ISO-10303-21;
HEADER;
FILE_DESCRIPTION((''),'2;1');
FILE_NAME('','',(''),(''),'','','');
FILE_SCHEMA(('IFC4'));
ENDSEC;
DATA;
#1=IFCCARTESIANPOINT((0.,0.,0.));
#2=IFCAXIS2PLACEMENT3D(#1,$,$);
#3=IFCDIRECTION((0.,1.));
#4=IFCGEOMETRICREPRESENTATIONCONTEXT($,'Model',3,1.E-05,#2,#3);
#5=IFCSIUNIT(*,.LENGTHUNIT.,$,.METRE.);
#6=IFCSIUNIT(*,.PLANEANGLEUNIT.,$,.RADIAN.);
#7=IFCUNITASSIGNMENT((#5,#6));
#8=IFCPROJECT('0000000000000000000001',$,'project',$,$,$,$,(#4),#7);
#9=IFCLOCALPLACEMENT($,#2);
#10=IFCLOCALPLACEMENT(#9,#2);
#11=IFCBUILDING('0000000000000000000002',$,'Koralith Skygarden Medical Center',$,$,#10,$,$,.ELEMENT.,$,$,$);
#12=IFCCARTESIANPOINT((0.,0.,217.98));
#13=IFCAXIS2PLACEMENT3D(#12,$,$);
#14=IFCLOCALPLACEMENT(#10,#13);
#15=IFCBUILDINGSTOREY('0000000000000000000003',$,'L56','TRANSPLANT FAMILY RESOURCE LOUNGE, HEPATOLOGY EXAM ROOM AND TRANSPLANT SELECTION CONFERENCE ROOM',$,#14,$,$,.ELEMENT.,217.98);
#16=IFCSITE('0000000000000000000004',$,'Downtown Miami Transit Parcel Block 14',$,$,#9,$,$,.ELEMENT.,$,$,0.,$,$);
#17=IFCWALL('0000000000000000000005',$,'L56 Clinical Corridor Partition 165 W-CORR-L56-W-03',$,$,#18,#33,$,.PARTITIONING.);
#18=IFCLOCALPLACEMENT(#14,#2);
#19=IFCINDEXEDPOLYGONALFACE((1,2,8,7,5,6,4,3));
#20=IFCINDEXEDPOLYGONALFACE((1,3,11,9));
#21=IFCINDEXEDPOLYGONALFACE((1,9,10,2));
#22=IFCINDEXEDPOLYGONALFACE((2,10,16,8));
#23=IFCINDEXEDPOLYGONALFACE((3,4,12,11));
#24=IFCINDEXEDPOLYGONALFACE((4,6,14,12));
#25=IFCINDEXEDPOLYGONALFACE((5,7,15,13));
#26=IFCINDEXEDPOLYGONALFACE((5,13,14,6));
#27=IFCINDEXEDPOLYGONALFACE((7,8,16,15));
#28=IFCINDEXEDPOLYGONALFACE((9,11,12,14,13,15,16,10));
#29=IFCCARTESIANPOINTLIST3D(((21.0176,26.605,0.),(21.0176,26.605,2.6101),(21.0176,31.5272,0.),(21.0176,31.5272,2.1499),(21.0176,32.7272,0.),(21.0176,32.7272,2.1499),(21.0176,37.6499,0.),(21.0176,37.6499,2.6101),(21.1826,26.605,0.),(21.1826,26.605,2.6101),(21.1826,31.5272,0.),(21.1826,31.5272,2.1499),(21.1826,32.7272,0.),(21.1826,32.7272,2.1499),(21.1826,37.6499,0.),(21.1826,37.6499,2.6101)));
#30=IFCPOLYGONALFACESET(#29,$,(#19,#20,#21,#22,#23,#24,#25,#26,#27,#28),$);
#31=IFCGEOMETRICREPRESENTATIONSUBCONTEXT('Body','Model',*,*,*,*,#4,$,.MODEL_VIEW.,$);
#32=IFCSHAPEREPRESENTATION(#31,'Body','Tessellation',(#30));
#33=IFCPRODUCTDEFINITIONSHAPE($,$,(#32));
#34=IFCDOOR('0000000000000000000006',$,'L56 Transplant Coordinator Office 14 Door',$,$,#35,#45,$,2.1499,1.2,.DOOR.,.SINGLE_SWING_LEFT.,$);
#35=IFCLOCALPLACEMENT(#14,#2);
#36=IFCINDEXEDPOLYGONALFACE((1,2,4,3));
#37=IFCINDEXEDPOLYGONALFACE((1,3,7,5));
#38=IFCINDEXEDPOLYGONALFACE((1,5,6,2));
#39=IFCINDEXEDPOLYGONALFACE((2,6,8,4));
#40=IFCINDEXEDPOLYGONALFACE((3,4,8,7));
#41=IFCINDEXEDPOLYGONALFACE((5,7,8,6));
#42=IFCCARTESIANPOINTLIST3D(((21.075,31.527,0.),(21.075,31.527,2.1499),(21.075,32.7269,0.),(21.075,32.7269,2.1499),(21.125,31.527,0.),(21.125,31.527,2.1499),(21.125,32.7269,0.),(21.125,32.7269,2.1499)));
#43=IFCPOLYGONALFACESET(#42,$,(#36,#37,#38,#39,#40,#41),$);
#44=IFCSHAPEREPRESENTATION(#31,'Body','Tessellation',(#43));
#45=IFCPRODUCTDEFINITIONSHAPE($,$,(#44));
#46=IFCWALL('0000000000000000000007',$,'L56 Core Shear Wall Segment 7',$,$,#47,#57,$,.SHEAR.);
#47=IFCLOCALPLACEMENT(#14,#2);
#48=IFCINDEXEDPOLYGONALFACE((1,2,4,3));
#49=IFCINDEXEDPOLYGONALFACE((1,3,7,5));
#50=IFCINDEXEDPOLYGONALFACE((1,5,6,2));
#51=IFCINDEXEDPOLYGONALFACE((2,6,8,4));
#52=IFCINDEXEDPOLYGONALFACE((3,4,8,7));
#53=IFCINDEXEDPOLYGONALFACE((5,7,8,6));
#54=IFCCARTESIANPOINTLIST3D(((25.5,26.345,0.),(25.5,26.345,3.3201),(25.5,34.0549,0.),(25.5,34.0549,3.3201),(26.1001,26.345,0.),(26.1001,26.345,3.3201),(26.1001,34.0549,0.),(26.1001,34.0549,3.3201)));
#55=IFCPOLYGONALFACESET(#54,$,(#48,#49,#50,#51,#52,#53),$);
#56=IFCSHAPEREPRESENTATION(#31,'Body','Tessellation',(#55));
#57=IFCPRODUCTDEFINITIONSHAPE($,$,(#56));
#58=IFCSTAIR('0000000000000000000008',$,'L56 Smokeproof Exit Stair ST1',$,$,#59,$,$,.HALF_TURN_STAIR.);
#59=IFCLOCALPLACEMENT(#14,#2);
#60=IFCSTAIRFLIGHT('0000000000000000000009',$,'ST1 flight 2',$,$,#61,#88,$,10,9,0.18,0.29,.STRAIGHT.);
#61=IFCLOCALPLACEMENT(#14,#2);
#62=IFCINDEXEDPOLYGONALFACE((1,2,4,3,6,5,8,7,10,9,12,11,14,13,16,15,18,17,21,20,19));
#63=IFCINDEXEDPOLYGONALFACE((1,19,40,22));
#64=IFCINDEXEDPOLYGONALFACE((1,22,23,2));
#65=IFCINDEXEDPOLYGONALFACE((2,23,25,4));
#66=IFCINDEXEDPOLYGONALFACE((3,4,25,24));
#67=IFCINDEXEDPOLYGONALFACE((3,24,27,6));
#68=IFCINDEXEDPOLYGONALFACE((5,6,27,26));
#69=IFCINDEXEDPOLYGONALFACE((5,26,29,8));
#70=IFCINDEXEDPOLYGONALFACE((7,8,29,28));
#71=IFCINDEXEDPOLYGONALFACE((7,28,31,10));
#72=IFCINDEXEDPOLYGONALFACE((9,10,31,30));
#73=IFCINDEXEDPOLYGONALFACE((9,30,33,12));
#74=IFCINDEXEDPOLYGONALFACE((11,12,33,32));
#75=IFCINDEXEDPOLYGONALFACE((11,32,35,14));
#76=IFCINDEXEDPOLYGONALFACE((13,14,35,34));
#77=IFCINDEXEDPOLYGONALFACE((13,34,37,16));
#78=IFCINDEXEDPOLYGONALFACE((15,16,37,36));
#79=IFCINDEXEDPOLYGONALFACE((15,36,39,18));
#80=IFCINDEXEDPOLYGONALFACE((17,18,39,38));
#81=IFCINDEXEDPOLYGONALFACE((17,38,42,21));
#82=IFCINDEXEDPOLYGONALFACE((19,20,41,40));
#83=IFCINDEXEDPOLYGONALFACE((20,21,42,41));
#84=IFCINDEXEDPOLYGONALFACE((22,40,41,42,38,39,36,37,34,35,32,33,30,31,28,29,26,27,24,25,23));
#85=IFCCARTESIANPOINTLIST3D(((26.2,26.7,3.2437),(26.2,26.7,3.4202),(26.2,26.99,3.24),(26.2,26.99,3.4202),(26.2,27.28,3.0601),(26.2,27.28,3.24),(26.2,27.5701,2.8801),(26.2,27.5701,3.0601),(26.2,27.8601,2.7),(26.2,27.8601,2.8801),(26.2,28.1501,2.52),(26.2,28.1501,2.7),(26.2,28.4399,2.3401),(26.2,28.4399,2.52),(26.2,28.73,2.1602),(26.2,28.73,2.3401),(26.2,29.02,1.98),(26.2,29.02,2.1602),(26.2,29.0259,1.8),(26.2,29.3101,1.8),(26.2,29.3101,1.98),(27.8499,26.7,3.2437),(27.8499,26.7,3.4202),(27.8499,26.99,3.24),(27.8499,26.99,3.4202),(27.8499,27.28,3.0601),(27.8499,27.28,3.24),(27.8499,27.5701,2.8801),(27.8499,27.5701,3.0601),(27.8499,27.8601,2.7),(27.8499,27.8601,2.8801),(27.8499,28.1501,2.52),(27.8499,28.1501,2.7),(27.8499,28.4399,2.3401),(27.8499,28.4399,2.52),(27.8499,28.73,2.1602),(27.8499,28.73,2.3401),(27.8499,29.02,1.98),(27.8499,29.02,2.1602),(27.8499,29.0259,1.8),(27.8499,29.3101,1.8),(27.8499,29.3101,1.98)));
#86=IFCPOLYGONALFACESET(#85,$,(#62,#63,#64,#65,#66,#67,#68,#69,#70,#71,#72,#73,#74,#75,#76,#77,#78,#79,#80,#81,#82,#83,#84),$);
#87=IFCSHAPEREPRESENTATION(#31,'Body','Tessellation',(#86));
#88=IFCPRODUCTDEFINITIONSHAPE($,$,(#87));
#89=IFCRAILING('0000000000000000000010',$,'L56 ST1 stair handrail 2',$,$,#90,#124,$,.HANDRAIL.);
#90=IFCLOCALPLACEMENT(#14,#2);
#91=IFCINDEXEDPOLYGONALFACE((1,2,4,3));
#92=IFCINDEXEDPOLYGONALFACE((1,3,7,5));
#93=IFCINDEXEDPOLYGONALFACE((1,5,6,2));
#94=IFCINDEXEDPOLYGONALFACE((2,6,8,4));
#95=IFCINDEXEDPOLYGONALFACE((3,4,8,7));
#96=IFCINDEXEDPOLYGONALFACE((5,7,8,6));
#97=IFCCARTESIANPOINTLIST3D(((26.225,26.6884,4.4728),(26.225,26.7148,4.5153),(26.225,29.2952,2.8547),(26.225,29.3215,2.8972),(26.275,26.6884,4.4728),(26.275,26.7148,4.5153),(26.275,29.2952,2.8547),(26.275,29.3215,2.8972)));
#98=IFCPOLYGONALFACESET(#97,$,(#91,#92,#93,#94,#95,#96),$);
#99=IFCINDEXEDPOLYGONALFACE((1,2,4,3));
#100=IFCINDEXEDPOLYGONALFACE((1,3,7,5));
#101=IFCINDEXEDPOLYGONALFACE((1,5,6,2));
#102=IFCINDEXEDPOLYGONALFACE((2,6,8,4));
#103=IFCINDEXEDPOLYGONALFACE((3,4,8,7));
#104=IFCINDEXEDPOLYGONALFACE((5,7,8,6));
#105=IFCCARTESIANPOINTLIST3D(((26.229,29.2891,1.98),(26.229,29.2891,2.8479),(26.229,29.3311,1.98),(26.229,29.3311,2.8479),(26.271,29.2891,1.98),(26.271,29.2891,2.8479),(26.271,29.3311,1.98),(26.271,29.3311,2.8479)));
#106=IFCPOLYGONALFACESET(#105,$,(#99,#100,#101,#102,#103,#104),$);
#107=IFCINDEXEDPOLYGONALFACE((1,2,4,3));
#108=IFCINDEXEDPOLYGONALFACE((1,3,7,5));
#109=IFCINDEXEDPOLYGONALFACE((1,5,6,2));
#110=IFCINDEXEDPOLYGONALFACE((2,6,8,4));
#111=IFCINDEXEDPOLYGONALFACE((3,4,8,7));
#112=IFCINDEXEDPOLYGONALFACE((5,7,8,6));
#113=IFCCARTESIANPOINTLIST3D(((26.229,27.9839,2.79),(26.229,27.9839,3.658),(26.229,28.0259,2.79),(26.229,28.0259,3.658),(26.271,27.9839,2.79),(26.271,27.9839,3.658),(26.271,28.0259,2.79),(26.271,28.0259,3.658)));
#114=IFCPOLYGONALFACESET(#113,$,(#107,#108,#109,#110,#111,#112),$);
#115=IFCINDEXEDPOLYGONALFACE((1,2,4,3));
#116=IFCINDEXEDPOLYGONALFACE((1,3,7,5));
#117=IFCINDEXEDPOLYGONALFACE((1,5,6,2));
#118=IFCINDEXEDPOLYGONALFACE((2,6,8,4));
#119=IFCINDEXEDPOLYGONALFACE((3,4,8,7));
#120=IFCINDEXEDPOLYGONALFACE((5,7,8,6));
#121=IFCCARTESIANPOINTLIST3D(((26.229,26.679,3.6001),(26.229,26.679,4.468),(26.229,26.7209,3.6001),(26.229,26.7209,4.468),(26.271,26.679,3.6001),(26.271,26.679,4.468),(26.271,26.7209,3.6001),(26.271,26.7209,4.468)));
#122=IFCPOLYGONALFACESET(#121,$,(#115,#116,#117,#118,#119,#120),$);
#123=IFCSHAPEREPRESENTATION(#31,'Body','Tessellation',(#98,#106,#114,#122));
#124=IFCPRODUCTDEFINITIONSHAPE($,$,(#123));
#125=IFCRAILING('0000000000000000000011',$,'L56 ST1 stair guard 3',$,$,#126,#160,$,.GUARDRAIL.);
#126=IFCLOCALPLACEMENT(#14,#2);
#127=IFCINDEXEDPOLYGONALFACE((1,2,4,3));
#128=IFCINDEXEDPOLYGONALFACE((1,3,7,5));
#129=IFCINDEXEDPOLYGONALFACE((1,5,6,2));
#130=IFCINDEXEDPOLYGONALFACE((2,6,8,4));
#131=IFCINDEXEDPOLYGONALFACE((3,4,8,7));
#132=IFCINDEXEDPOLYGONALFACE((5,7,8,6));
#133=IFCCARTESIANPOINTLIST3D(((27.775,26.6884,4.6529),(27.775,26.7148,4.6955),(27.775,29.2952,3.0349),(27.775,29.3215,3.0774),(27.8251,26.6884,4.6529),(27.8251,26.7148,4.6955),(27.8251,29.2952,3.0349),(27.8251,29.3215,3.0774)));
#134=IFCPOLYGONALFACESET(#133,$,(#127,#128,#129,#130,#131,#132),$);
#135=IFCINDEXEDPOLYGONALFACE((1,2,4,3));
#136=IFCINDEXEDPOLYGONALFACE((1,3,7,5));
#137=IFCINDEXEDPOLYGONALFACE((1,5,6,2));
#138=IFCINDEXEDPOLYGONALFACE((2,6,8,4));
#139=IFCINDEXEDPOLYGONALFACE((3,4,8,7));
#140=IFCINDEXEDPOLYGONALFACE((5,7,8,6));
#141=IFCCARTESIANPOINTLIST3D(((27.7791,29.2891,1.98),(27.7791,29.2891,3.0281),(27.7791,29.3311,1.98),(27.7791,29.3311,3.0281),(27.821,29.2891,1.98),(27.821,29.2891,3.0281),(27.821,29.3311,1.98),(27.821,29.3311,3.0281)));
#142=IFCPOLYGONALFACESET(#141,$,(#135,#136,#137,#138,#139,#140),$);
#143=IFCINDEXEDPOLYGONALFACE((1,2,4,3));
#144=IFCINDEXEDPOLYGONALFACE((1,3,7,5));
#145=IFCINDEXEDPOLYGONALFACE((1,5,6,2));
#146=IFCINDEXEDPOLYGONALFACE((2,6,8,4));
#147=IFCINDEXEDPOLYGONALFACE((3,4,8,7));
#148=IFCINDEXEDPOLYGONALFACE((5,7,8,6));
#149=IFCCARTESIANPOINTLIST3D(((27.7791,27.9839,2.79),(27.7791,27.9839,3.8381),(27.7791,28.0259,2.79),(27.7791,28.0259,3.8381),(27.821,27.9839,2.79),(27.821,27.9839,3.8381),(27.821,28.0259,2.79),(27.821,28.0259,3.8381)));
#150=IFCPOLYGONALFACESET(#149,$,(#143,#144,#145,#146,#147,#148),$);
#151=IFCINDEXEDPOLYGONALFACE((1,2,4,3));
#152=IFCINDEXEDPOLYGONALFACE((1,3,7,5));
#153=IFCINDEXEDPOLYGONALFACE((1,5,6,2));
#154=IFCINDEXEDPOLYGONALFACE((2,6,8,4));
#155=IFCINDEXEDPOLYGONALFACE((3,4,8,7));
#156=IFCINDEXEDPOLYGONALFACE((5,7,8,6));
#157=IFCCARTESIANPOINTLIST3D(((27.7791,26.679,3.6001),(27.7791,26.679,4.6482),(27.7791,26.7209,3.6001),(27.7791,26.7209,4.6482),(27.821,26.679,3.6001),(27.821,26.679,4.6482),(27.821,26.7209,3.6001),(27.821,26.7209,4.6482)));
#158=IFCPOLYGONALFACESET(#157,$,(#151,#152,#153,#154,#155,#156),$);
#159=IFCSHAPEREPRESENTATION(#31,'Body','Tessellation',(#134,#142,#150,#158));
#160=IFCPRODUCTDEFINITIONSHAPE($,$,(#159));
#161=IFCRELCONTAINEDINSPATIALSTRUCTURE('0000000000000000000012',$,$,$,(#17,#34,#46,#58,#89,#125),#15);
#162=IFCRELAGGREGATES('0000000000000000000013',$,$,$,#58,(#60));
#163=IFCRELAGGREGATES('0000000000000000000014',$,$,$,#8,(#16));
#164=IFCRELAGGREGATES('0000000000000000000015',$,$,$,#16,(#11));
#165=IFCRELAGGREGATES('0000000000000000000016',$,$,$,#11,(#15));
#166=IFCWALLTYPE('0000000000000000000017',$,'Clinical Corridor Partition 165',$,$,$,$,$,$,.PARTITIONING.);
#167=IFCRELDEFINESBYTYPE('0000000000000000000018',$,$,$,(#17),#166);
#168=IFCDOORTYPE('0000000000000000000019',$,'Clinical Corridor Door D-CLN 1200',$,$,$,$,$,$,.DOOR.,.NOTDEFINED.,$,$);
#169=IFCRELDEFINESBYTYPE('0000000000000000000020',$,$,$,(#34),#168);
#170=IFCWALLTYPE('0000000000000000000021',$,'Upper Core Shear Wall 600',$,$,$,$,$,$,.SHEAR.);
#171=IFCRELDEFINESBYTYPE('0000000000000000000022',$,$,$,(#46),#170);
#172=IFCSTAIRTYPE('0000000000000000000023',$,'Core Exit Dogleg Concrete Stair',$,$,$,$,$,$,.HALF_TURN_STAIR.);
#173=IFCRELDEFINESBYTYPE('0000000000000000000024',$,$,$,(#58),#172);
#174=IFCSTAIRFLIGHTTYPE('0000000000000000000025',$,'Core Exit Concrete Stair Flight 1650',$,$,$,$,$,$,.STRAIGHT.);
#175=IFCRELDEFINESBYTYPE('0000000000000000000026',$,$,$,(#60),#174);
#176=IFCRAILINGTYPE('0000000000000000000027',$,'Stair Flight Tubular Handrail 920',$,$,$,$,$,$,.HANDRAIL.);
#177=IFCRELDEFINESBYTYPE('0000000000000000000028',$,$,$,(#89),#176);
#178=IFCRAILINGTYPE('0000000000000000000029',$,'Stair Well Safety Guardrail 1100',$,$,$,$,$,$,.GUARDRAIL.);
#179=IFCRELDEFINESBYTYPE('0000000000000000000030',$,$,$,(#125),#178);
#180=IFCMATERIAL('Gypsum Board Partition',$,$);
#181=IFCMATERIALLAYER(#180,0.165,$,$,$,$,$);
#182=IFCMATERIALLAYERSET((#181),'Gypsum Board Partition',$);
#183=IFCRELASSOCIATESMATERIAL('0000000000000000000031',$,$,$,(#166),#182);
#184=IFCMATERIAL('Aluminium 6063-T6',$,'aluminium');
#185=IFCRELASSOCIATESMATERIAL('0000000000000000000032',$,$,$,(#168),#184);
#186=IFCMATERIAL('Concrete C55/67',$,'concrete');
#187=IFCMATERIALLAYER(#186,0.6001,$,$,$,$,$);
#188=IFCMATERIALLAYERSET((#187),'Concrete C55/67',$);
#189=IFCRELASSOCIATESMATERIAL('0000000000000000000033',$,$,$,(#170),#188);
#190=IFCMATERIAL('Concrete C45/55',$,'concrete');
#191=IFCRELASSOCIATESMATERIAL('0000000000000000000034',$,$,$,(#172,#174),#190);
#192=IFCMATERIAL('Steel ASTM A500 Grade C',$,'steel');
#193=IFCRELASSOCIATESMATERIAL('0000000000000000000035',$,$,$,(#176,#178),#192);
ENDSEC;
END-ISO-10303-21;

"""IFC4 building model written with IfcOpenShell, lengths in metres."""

from ifc_helpers import new_model, si_unit, direction, frame, frame_2d, origin, origin_2d, place, context, subcontext, project, spatial, polyline, rectangle, outline, extrude, material, layer, layer_set, type_object, element, fill, aggregate, save


model = new_model("IFC4")

# Units and contexts
model_context = context("Model", 3, precision=1e-05, world=origin(), true_north=direction((0.0, 1.0)))
body_context = subcontext(model_context, "Body", "Model", "MODEL_VIEW")
ifc_project = project(units=[si_unit("LENGTHUNIT", "METRE"), si_unit("PLANEANGLEUNIT", "RADIAN")], contexts=[model_context])

# Site, building, storey
site_placement = place(None, origin())
site = spatial("IfcSite", under=ifc_project, at=site_placement, Name="Downtown Miami Transit Parcel Block 14", CompositionType="ELEMENT", RefElevation=0.0)
building_placement = place(site_placement, origin())
building = spatial("IfcBuilding", under=site, at=building_placement, Name="Koralith Skygarden Medical Center", CompositionType="ELEMENT")
storey_placement = place(building_placement, frame((0.0, 0.0, 217.98)))
storey = spatial("IfcBuildingStorey", under=building, at=storey_placement, Name="L56", Description="TRANSPLANT FAMILY RESOURCE LOUNGE, HEPATOLOGY EXAM ROOM AND TRANSPLANT SELECTION CONFERENCE ROOM", CompositionType="ELEMENT", Elevation=217.98)

# Shared definitions
ifc_material_1 = material(Name="Concrete C55/67", Category="concrete")

# Shared definitions
ifc_material_2 = material(Name="Aluminium 6063-T6", Category="aluminium")

# Shared definitions
ifc_material_3 = material(Name="Concrete C45/55", Category="concrete")

# Shared definitions
ifc_material_4 = material(Name="Gypsum Board Partition")

# Wall, opening, door
ifc_layer_1 = layer(ifc_material_4, 0.165)
ifc_layer_set_1 = layer_set([ifc_layer_1], Name="Gypsum Board Partition")
wall_type_1 = type_object("IfcWallType", Name="Clinical Corridor Partition 165", PredefinedType="PARTITIONING", material=ifc_layer_set_1)
wall_1_placement = place(storey_placement, frame((21.1001, 26.605, 0.0), z_axis=(0.0, 0.0, 1.0), x_axis=(0.0, 1.0, 0.0)))
wall_1 = element("IfcWall", 1, at=wall_1_placement, inside=storey, type_object=wall_type_1, Name="L56 Clinical Corridor Partition 165 W-CORR-L56-W-03", PredefinedType="PARTITIONING", context=body_context, shape_type="SweptSolid", body=[
    extrude(rectangle(XDim=11.0449, YDim=0.165, at=frame_2d((5.5225, 0.0))), origin(), (0.0, 0.0, 1.0), 2.6101),
])
opening_placement = place(wall_1_placement, frame((4.9221, 0.0, 0.0)))
opening = element("IfcOpeningElement", 2, at=opening_placement, cuts=wall_1, PredefinedType="OPENING", context=body_context, shape_type="SweptSolid", body=[
    extrude(rectangle(XDim=1.2, YDim=2.1499, at=frame_2d((0.6001, 1.075))), frame((0.0, 0.0925, 0.0), z_axis=(0.0, -1.0, 0.0), x_axis=(1.0, 0.0, 0.0)), (0.0, 0.0, 1.0), 0.1851),
])
door_type = type_object("IfcDoorType", Name="Clinical Corridor Door D-CLN 1200", OperationType="NOTDEFINED", PredefinedType="DOOR", material=ifc_material_2)
door_placement = place(opening_placement, frame((1.2, 0.0, 0.0), z_axis=(0.0, 0.0, 1.0), x_axis=(-1.0, 0.0, 0.0)))
door = element("IfcDoor", 3, at=door_placement, inside=storey, type_object=door_type, Name="L56 Transplant Coordinator Office 14 Door", OperationType="SINGLE_SWING_LEFT", OverallHeight=2.1499, OverallWidth=1.2, PredefinedType="DOOR", context=body_context, shape_type="SweptSolid", body=[
    extrude(rectangle(XDim=1.2, YDim=2.1499, at=frame_2d((0.6001, 1.075))), frame((0.0, 0.0249, 0.0), z_axis=(0.0, -1.0, 0.0), x_axis=(1.0, 0.0, 0.0)), (0.0, 0.0, 1.0), 0.05),
])
fill(opening, door)

# Wall
ifc_layer_2 = layer(ifc_material_1, 0.6001)
ifc_layer_set_2 = layer_set([ifc_layer_2], Name="Concrete C55/67")
wall_type_2 = type_object("IfcWallType", Name="Upper Core Shear Wall 600", PredefinedType="SHEAR", material=ifc_layer_set_2)
wall_2_placement = place(storey_placement, frame((25.8, 34.0549, 0.0), z_axis=(0.0, 0.0, 1.0), x_axis=(0.0, -1.0, 0.0)))
element("IfcWall", 4, at=wall_2_placement, inside=storey, type_object=wall_type_2, Name="L56 Core Shear Wall Segment 7", PredefinedType="SHEAR", context=body_context, shape_type="SweptSolid", body=[
    extrude(rectangle(XDim=7.71, YDim=0.6001, at=frame_2d((3.855, 0.0))), origin(), (0.0, 0.0, 1.0), 3.3201),
])

# Stair, stair flight
stair_type = type_object("IfcStairType", Name="Core Exit Dogleg Concrete Stair", PredefinedType="HALF_TURN_STAIR", material=ifc_material_3)
stair_placement = place(storey_placement, origin())
stair = element("IfcStair", 5, at=stair_placement, inside=storey, type_object=stair_type, Name="L56 Smokeproof Exit Stair ST1", PredefinedType="HALF_TURN_STAIR")
stair_flight_type = type_object("IfcStairFlightType", Name="Core Exit Concrete Stair Flight 1650", PredefinedType="STRAIGHT", material=ifc_material_3)
stair_flight_placement = place(storey_placement, frame((27.0249, 29.3101, 1.8), z_axis=(0.0, 0.0, 1.0), x_axis=(0.0, -1.0, 0.0)))
stair_flight = element("IfcStairFlight", 6, at=stair_flight_placement, type_object=stair_flight_type, Name="ST1 flight 2", NumberOfRisers=10, NumberOfTreads=9, PredefinedType="STRAIGHT", RiserHeight=0.18, TreadLength=0.29, context=body_context, shape_type="SweptSolid", body=[
    extrude(outline(polyline([(0.0, 0.0), (0.0, 0.1799), (0.29, 0.1799), (0.29, 0.3601), (0.5801, 0.3601), (0.5801, 0.54), (0.8701, 0.54), (0.8701, 0.72), (1.1599, 0.72), (1.1599, 0.8999), (1.45, 0.8999), (1.45, 1.0801), (1.74, 1.0801), (1.74, 1.26), (2.03, 1.26), (2.03, 1.4399), (2.3201, 1.4399), (2.3201, 1.6201), (2.6101, 1.6201), (2.6101, 1.8), (2.6101, 1.4436), (0.2842, 0.0), (0.0, 0.0)])), frame((0.0, 0.825, 0.0), z_axis=(0.0, -1.0, 0.0), x_axis=(1.0, 0.0, 0.0)), (0.0, 0.0, 1.0), 1.6499),
])
aggregate(stair, [stair_flight])

# Railings
ifc_material_5 = material(Name="Steel ASTM A500 Grade C", Category="steel")
railing_type_1 = type_object("IfcRailingType", Name="Stair Flight Tubular Handrail 920", PredefinedType="HANDRAIL", material=ifc_material_5)
railing_1_placement = place(storey_placement, frame((26.25, 29.3101, 1.98)))
element("IfcRailing", 7, at=railing_1_placement, inside=storey, type_object=railing_type_1, Name="L56 ST1 stair handrail 2", PredefinedType="HANDRAIL", context=body_context, shape_type="SweptSolid", body=[
    extrude(rectangle(XDim=0.05, YDim=0.05, at=origin_2d()), frame((0.0, -0.0017, 0.896), z_axis=(0.0, -0.849633, 0.527375), x_axis=(1.0, 0.0, 0.0)), (0.0, 0.0, 1.0), 3.0681),
    extrude(rectangle(XDim=0.042, YDim=0.042, at=origin_2d()), origin(), (0.0, 0.0, 1.0), 0.8679),
    extrude(rectangle(XDim=0.042, YDim=0.042, at=origin_2d()), frame((0.0, -1.3052, 0.8101)), (0.0, 0.0, 1.0), 0.8679),
    extrude(rectangle(XDim=0.042, YDim=0.042, at=origin_2d()), frame((0.0, -2.6101, 1.6201)), (0.0, 0.0, 1.0), 0.8679),
])
railing_type_2 = type_object("IfcRailingType", Name="Stair Well Safety Guardrail 1100", PredefinedType="GUARDRAIL", material=ifc_material_5)
railing_2_placement = place(storey_placement, frame((27.8, 29.3101, 1.98)))
element("IfcRailing", 8, at=railing_2_placement, inside=storey, type_object=railing_type_2, Name="L56 ST1 stair guard 3", PredefinedType="GUARDRAIL", context=body_context, shape_type="SweptSolid", body=[
    extrude(rectangle(XDim=0.05, YDim=0.05, at=origin_2d()), frame((0.0, -0.0017, 1.0762), z_axis=(0.0, -0.849633, 0.527375), x_axis=(1.0, 0.0, 0.0)), (0.0, 0.0, 1.0), 3.0681),
    extrude(rectangle(XDim=0.042, YDim=0.042, at=origin_2d()), origin(), (0.0, 0.0, 1.0), 1.0481),
    extrude(rectangle(XDim=0.042, YDim=0.042, at=origin_2d()), frame((0.0, -1.3052, 0.8101)), (0.0, 0.0, 1.0), 1.0481),
    extrude(rectangle(XDim=0.042, YDim=0.042, at=origin_2d()), frame((0.0, -2.6101, 1.6201)), (0.0, 0.0, 1.0), 1.0481),
])

save(model, "model.ifc")
